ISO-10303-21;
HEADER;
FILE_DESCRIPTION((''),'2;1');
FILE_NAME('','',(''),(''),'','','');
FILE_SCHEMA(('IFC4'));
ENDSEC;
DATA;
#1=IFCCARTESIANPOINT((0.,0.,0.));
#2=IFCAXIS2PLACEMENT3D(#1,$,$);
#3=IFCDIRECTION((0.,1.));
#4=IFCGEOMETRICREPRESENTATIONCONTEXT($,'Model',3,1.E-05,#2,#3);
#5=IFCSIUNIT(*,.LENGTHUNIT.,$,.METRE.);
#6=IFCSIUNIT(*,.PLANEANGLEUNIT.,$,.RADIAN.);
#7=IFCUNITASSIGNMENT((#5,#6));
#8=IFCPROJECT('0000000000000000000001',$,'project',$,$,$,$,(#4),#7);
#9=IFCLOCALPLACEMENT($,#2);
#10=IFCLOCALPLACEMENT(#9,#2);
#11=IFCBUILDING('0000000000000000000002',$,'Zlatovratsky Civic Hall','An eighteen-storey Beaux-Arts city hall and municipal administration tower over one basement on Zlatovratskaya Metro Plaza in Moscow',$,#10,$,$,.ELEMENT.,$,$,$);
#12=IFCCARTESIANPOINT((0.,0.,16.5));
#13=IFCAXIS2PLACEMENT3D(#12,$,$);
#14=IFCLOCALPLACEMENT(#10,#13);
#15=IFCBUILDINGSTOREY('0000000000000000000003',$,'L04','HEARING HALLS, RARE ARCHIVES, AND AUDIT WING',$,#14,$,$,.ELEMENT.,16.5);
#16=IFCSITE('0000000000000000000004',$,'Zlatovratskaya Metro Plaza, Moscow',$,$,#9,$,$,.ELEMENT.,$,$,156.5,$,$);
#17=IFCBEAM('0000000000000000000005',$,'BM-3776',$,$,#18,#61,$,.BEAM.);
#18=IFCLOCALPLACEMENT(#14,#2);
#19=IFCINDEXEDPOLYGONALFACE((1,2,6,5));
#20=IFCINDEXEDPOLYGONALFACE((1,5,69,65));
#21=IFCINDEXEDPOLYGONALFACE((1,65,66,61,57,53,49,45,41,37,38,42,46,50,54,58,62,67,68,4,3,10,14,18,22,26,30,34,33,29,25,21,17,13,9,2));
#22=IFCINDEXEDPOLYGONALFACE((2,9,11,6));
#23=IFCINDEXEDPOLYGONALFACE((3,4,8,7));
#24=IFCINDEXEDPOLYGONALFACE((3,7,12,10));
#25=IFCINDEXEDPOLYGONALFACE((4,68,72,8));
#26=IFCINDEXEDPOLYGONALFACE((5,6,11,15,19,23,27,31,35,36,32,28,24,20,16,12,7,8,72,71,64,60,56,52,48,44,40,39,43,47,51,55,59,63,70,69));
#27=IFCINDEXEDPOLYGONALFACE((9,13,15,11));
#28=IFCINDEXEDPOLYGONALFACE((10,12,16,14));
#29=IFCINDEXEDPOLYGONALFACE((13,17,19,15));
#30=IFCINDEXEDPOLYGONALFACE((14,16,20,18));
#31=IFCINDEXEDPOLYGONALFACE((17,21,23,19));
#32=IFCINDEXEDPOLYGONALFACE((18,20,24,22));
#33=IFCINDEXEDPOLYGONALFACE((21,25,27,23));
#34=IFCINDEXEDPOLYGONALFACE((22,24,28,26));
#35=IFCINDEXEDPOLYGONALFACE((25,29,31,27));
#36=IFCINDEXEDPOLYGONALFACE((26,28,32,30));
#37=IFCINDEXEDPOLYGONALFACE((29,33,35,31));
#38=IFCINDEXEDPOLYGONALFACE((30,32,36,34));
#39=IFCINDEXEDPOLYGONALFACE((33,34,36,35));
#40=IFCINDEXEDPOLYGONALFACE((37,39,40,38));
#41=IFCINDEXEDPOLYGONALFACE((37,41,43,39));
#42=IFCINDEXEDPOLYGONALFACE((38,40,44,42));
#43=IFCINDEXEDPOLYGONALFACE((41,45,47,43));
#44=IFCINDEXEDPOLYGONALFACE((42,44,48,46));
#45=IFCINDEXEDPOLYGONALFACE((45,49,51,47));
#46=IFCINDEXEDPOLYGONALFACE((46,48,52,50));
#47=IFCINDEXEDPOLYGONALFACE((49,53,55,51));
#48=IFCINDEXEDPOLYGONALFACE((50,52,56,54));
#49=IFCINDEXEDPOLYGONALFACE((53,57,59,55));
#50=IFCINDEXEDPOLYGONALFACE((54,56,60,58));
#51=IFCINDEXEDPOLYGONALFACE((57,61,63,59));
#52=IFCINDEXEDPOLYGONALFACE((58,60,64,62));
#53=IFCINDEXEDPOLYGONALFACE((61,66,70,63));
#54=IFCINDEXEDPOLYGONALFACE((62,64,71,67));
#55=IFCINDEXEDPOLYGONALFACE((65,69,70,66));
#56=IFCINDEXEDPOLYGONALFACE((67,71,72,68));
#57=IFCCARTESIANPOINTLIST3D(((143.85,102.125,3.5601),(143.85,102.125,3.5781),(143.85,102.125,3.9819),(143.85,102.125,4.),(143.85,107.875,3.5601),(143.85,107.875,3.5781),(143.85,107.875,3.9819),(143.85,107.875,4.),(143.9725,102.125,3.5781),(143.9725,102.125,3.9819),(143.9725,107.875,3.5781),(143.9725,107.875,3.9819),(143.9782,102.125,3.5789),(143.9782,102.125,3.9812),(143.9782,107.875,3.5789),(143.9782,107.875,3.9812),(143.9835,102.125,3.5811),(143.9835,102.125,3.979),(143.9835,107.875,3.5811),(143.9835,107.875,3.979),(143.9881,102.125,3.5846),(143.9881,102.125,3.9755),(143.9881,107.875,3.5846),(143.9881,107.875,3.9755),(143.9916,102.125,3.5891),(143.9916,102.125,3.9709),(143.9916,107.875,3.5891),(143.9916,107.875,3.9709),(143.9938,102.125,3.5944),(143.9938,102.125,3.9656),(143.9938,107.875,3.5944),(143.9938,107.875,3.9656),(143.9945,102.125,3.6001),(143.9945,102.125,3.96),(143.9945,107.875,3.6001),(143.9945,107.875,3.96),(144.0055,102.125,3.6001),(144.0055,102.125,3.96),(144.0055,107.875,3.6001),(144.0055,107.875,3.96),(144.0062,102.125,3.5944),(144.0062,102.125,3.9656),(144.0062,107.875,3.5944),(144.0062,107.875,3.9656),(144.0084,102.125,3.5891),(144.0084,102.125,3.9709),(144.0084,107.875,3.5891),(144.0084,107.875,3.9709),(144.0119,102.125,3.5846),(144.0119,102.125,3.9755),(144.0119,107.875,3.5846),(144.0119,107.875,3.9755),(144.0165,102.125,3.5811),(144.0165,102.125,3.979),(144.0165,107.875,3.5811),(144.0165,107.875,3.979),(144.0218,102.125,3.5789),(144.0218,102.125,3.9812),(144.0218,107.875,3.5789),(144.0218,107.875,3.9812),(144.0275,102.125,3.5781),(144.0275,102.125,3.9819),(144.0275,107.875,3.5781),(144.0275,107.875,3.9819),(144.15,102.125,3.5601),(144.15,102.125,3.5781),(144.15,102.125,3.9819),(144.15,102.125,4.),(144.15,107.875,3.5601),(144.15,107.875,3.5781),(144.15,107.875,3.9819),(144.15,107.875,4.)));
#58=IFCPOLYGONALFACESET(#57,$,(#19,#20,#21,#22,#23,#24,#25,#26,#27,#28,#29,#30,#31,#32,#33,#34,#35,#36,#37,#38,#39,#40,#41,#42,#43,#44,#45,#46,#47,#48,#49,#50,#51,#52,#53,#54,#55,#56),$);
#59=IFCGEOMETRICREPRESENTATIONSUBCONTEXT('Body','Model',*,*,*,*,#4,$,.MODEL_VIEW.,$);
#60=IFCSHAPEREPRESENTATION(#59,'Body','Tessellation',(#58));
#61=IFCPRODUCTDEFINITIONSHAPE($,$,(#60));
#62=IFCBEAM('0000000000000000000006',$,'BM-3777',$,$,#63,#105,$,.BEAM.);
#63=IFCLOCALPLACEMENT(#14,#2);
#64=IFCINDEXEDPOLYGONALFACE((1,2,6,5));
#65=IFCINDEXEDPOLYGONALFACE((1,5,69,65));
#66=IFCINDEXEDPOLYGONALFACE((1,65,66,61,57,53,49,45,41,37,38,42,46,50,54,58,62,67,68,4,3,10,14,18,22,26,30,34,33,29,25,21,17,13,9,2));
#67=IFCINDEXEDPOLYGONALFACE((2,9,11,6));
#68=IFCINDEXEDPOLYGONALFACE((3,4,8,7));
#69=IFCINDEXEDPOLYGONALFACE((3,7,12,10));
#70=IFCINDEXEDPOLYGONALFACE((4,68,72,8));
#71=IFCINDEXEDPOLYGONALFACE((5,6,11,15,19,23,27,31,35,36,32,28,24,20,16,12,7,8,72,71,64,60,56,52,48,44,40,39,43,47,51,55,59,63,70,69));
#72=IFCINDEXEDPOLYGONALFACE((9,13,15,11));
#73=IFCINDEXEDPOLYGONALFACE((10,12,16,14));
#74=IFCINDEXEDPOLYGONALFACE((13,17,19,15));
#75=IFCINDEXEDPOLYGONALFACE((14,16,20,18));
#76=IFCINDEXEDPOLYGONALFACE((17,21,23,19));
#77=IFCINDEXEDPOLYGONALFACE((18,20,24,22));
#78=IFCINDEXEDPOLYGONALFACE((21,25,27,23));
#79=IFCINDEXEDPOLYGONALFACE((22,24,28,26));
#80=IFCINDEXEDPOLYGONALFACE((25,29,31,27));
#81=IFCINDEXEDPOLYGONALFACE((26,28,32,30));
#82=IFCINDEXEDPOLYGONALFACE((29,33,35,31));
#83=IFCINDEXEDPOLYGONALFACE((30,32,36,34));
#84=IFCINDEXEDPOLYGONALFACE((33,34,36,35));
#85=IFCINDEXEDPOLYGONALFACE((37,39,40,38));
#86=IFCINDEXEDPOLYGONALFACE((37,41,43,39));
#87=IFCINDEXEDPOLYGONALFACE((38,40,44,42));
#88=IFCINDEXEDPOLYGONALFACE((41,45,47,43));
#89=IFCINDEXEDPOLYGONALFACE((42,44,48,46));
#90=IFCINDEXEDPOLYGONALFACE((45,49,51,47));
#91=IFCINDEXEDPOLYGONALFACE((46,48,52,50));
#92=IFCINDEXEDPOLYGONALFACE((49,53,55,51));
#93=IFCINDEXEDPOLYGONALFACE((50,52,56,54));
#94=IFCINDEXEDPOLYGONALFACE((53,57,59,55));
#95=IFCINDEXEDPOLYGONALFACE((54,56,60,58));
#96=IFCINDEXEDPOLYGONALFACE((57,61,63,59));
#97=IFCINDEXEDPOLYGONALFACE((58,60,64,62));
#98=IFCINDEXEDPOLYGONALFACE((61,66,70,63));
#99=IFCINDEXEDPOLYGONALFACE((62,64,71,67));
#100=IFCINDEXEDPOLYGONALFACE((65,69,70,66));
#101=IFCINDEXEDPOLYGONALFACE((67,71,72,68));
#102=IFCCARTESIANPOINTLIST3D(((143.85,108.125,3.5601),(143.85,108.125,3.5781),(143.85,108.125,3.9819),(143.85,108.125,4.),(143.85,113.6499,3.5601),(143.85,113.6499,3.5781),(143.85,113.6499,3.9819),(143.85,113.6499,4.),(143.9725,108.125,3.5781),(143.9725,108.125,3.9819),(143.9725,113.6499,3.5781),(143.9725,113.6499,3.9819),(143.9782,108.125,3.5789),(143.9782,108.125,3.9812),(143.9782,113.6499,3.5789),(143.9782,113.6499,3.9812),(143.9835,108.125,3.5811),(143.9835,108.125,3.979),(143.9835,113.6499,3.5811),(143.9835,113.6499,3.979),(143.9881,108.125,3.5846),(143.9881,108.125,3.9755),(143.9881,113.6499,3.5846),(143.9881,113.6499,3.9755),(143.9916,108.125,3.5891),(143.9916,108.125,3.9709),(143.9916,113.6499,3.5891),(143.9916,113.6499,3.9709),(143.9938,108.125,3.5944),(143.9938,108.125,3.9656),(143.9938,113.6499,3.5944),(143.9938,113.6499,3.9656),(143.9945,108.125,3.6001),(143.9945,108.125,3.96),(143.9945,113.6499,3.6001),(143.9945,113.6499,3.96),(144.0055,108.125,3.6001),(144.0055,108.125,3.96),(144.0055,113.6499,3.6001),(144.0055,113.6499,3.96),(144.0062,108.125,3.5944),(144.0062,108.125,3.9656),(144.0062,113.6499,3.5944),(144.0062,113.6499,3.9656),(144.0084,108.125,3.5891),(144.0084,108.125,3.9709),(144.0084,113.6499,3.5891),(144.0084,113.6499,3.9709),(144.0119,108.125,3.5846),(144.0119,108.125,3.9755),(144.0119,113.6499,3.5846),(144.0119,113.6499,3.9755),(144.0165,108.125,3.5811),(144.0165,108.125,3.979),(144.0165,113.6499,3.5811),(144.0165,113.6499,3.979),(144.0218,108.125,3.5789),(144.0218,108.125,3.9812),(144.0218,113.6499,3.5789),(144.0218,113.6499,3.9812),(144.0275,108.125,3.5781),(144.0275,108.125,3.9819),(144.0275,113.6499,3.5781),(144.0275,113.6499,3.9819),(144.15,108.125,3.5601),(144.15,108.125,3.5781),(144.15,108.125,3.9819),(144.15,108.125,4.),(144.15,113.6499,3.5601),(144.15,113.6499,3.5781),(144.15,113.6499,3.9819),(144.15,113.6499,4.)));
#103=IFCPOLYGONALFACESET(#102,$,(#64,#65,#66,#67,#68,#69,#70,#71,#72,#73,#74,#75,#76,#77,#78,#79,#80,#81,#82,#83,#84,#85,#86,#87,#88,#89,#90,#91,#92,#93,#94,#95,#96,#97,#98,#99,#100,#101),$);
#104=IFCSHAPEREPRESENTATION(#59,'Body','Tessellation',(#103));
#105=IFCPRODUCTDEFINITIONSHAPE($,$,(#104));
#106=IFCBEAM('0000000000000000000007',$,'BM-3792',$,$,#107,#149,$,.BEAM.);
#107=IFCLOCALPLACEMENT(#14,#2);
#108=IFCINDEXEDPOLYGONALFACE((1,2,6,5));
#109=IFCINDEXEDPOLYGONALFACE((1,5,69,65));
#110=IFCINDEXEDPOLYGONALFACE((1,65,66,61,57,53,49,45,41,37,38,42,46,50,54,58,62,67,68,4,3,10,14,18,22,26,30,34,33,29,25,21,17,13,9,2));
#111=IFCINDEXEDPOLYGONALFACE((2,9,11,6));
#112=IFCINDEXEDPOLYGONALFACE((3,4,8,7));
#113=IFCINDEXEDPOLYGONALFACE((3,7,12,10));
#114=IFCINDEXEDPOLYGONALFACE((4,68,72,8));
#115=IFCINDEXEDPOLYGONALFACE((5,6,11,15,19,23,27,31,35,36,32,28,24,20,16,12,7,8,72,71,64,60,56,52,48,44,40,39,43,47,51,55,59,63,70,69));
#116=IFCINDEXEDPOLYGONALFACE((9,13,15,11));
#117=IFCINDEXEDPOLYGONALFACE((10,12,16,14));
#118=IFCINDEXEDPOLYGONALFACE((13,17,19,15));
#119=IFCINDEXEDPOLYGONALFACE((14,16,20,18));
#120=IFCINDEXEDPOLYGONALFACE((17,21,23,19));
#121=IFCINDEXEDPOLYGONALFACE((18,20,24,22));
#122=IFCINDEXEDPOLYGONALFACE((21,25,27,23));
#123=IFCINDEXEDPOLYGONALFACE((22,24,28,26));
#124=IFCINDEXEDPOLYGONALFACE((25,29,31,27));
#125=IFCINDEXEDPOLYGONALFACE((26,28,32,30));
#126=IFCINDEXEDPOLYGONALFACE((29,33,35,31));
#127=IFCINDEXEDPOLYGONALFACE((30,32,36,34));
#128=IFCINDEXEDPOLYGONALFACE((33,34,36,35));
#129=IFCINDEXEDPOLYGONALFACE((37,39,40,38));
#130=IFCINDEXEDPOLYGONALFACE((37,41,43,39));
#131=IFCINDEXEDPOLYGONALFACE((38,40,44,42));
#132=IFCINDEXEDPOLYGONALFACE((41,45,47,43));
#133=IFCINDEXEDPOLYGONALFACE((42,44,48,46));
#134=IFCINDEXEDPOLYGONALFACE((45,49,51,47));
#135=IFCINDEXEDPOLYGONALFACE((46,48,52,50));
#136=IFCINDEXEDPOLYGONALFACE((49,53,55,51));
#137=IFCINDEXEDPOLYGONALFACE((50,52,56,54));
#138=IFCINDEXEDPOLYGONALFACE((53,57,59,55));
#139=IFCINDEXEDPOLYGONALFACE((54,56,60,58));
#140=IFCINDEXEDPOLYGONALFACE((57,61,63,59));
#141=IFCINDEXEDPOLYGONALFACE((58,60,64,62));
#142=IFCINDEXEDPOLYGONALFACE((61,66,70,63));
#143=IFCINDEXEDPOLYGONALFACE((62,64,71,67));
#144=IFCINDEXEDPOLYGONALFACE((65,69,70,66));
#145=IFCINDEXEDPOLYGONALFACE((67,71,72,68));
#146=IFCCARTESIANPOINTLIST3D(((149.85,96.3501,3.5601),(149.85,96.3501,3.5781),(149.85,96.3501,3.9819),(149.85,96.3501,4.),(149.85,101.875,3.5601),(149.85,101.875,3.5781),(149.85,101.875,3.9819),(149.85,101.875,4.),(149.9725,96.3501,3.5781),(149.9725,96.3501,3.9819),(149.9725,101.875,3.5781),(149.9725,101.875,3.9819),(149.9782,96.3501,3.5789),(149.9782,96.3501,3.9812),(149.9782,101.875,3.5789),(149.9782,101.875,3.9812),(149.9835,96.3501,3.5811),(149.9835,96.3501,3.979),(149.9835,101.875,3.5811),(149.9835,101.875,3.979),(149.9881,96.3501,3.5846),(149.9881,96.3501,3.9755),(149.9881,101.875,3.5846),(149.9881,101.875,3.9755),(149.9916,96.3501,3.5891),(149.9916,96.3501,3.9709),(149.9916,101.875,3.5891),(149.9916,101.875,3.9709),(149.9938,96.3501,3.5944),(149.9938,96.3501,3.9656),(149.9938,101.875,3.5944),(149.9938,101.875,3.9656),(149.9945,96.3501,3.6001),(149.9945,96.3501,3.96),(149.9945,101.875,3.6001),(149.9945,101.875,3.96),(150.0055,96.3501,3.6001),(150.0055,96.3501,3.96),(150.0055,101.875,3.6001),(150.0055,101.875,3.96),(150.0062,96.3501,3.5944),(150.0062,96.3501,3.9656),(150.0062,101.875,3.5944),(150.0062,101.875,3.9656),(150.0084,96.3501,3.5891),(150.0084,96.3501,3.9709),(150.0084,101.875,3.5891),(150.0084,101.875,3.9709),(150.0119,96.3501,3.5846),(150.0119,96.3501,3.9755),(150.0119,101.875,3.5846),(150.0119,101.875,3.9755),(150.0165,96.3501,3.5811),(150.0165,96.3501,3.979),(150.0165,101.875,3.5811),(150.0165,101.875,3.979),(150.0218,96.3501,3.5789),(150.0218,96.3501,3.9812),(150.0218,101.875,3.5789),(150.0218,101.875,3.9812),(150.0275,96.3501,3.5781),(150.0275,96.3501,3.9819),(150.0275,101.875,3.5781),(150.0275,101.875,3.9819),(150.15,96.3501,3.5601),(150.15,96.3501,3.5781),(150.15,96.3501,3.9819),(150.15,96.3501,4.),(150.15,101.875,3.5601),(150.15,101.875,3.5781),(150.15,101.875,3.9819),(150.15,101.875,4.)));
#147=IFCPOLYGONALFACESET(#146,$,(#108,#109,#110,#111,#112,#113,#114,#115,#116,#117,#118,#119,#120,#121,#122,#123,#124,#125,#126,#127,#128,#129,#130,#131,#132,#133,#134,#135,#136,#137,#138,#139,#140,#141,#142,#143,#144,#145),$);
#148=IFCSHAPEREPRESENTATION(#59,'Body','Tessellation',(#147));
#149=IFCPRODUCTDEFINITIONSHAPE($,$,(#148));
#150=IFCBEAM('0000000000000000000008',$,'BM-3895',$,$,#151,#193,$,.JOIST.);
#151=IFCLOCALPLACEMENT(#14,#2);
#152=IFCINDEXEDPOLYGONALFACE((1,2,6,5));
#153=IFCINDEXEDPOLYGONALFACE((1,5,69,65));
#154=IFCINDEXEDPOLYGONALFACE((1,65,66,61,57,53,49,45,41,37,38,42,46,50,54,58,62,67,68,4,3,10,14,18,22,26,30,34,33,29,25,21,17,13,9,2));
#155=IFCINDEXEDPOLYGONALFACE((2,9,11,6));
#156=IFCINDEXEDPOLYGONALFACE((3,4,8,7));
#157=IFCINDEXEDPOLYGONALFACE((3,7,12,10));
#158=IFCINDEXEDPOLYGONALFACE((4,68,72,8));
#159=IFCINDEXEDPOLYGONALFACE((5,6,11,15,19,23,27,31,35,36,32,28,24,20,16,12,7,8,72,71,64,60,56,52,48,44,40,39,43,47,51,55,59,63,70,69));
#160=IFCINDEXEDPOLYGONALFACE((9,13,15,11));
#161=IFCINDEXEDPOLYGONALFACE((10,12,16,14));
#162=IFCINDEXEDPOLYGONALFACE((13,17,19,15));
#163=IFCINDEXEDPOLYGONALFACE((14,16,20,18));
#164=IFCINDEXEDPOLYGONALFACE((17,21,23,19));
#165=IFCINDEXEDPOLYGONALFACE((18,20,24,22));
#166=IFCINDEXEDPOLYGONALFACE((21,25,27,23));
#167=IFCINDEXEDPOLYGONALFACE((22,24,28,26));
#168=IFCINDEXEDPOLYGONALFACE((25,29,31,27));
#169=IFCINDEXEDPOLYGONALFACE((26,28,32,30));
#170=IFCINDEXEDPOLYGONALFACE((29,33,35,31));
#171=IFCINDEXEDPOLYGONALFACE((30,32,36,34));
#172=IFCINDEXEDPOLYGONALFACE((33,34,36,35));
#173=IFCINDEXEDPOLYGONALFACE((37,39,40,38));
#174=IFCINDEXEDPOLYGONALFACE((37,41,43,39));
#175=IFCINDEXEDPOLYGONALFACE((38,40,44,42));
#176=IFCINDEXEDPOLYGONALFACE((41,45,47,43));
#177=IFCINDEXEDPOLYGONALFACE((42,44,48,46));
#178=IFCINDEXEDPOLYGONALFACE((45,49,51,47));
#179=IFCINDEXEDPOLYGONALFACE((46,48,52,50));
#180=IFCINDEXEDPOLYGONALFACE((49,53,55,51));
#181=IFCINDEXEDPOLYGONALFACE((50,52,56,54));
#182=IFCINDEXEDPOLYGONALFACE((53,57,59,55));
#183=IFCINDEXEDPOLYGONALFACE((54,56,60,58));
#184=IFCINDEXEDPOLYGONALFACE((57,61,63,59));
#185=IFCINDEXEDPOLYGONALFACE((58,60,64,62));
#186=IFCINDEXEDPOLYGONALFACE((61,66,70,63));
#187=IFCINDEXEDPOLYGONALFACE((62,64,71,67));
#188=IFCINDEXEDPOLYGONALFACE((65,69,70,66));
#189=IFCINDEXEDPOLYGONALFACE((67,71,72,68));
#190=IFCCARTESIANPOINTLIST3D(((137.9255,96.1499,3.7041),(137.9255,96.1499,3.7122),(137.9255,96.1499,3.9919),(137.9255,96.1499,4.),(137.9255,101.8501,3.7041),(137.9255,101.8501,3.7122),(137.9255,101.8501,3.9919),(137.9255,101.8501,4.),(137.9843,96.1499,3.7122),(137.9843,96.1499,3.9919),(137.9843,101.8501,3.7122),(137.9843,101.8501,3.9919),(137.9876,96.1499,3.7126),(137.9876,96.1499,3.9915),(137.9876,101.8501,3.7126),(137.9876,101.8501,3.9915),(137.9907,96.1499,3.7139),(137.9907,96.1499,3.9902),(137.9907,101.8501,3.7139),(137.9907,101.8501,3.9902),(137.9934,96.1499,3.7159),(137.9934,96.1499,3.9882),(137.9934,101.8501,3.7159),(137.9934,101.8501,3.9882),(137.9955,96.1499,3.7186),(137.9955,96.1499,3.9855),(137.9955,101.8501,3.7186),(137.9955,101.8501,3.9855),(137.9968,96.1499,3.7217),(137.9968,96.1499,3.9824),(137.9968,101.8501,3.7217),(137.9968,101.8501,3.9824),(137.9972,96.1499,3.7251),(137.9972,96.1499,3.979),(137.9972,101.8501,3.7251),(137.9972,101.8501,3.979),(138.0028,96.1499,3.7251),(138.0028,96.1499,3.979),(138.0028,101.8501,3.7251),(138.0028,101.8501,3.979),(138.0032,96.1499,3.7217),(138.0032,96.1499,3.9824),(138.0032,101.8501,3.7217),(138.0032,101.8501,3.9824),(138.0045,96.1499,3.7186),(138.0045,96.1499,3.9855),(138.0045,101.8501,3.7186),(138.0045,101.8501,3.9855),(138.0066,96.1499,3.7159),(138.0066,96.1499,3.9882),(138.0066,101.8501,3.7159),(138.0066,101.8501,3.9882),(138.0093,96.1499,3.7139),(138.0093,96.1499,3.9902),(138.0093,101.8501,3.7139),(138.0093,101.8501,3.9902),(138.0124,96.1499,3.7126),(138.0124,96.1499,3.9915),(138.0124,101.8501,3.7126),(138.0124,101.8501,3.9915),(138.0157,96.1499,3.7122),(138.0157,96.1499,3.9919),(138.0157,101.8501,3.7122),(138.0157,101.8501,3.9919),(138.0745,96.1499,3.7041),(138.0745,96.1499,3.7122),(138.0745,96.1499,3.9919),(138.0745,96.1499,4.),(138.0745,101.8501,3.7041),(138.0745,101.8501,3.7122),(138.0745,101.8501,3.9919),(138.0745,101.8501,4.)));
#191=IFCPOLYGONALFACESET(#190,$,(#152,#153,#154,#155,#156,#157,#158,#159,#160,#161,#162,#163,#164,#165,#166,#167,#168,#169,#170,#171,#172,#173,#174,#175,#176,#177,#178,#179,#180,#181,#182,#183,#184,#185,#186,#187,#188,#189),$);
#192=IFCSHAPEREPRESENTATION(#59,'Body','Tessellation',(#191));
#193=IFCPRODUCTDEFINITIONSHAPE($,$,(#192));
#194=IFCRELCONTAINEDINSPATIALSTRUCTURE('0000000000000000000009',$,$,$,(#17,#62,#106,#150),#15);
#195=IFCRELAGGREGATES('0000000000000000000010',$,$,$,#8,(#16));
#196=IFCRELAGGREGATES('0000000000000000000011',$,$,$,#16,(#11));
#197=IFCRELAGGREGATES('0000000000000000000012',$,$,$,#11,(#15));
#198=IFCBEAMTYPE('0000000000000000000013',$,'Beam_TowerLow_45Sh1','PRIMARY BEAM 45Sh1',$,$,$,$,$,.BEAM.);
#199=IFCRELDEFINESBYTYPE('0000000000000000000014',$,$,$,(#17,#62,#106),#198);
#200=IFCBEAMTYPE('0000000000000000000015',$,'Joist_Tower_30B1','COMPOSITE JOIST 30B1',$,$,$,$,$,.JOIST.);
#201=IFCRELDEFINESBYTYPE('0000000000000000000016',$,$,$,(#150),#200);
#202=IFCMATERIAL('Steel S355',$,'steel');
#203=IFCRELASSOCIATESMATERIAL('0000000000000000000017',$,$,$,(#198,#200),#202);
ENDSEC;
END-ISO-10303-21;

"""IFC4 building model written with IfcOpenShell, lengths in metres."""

from ifc_helpers import new_model, si_unit, direction, frame, origin, origin_2d, place, context, subcontext, project, spatial, i_section, extrude, material, material_profile, profile_set, type_object, element, save


model = new_model("IFC4")

# Units and contexts
model_context = context("Model", 3, precision=1e-05, world=origin(), true_north=direction((0.0, 1.0)))
body_context = subcontext(model_context, "Body", "Model", "MODEL_VIEW")
ifc_project = project(units=[si_unit("LENGTHUNIT", "METRE"), si_unit("PLANEANGLEUNIT", "RADIAN")], contexts=[model_context])

# Site, building, storey
site_placement = place(None, origin())
site = spatial("IfcSite", under=ifc_project, at=site_placement, Name="Zlatovratskaya Metro Plaza, Moscow", CompositionType="ELEMENT", RefElevation=156.5)
building_placement = place(site_placement, origin())
building = spatial("IfcBuilding", under=site, at=building_placement, Name="Zlatovratsky Civic Hall", Description="An eighteen-storey Beaux-Arts city hall and municipal administration tower over one basement on Zlatovratskaya Metro Plaza in Moscow", CompositionType="ELEMENT")
storey_placement = place(building_placement, frame((0.0, 0.0, 16.5)))
storey = spatial("IfcBuildingStorey", under=building, at=storey_placement, Name="L04", Description="HEARING HALLS, RARE ARCHIVES, AND AUDIT WING", CompositionType="ELEMENT", Elevation=16.5)

# Shared definitions
ifc_material_1 = material(Name="Steel S355", Category="steel")

# Beams
ifc_material_profile_1 = material_profile(ifc_material_1, i_section(OverallWidth=0.3, OverallDepth=0.4399, WebThickness=0.011, FlangeThickness=0.0181, FilletRadius=0.022, at=origin_2d()), Name="45Sh1")
ifc_profile_set_1 = profile_set([ifc_material_profile_1], Name="Steel S355")
beam_type_1 = type_object("IfcBeamType", Name="Beam_TowerLow_45Sh1", Description="PRIMARY BEAM 45Sh1", PredefinedType="BEAM", material=ifc_profile_set_1)
for number, where, z_axis, x_axis, name in (
    (1, (144.0, 102.125, 3.78), (0.0, 1.0, 0.0), (-1.0, 0.0, 0.0), "BM-3776"),
):
    element("IfcBeam", number, at=place(storey_placement, frame(where, z_axis=z_axis, x_axis=x_axis)), inside=storey, type_object=beam_type_1, Name=name, PredefinedType="BEAM", context=body_context, shape_type="SweptSolid", body=[
        extrude(i_section(OverallWidth=0.3, OverallDepth=0.4399, WebThickness=0.011, FlangeThickness=0.0181, FilletRadius=0.022, at=origin_2d()), origin(), (0.0, 0.0, 1.0), 5.75),
    ])
for number, where, z_axis, x_axis, name in (
    (2, (144.0, 108.125, 3.78), (0.0, 1.0, 0.0), (-1.0, 0.0, 0.0), "BM-3777"),
    (3, (150.0, 96.3501, 3.78), (0.0, 1.0, 0.0), (-1.0, 0.0, 0.0), "BM-3792"),
):
    element("IfcBeam", number, at=place(storey_placement, frame(where, z_axis=z_axis, x_axis=x_axis)), inside=storey, type_object=beam_type_1, Name=name, PredefinedType="BEAM", context=body_context, shape_type="SweptSolid", body=[
        extrude(i_section(OverallWidth=0.3, OverallDepth=0.4399, WebThickness=0.011, FlangeThickness=0.0181, FilletRadius=0.022, at=origin_2d()), origin(), (0.0, 0.0, 1.0), 5.5249),
    ])
ifc_material_profile_2 = material_profile(ifc_material_1, i_section(OverallWidth=0.1489, OverallDepth=0.2959, WebThickness=0.0056, FlangeThickness=0.0081, FilletRadius=0.0129, at=origin_2d()), Name="30B1")
ifc_profile_set_2 = profile_set([ifc_material_profile_2], Name="Steel S355")
beam_type_2 = type_object("IfcBeamType", Name="Joist_Tower_30B1", Description="COMPOSITE JOIST 30B1", PredefinedType="JOIST", material=ifc_profile_set_2)
for number, where, z_axis, x_axis, name in (
    (4, (138.0, 96.1499, 3.8521), (0.0, 1.0, 0.0), (-1.0, 0.0, 0.0), "BM-3895"),
):
    element("IfcBeam", number, at=place(storey_placement, frame(where, z_axis=z_axis, x_axis=x_axis)), inside=storey, type_object=beam_type_2, Name=name, PredefinedType="JOIST", context=body_context, shape_type="SweptSolid", body=[
        extrude(i_section(OverallWidth=0.1489, OverallDepth=0.2959, WebThickness=0.0056, FlangeThickness=0.0081, FilletRadius=0.0129, at=origin_2d()), origin(), (0.0, 0.0, 1.0), 5.7002),
    ])

save(model, "model.ifc")
